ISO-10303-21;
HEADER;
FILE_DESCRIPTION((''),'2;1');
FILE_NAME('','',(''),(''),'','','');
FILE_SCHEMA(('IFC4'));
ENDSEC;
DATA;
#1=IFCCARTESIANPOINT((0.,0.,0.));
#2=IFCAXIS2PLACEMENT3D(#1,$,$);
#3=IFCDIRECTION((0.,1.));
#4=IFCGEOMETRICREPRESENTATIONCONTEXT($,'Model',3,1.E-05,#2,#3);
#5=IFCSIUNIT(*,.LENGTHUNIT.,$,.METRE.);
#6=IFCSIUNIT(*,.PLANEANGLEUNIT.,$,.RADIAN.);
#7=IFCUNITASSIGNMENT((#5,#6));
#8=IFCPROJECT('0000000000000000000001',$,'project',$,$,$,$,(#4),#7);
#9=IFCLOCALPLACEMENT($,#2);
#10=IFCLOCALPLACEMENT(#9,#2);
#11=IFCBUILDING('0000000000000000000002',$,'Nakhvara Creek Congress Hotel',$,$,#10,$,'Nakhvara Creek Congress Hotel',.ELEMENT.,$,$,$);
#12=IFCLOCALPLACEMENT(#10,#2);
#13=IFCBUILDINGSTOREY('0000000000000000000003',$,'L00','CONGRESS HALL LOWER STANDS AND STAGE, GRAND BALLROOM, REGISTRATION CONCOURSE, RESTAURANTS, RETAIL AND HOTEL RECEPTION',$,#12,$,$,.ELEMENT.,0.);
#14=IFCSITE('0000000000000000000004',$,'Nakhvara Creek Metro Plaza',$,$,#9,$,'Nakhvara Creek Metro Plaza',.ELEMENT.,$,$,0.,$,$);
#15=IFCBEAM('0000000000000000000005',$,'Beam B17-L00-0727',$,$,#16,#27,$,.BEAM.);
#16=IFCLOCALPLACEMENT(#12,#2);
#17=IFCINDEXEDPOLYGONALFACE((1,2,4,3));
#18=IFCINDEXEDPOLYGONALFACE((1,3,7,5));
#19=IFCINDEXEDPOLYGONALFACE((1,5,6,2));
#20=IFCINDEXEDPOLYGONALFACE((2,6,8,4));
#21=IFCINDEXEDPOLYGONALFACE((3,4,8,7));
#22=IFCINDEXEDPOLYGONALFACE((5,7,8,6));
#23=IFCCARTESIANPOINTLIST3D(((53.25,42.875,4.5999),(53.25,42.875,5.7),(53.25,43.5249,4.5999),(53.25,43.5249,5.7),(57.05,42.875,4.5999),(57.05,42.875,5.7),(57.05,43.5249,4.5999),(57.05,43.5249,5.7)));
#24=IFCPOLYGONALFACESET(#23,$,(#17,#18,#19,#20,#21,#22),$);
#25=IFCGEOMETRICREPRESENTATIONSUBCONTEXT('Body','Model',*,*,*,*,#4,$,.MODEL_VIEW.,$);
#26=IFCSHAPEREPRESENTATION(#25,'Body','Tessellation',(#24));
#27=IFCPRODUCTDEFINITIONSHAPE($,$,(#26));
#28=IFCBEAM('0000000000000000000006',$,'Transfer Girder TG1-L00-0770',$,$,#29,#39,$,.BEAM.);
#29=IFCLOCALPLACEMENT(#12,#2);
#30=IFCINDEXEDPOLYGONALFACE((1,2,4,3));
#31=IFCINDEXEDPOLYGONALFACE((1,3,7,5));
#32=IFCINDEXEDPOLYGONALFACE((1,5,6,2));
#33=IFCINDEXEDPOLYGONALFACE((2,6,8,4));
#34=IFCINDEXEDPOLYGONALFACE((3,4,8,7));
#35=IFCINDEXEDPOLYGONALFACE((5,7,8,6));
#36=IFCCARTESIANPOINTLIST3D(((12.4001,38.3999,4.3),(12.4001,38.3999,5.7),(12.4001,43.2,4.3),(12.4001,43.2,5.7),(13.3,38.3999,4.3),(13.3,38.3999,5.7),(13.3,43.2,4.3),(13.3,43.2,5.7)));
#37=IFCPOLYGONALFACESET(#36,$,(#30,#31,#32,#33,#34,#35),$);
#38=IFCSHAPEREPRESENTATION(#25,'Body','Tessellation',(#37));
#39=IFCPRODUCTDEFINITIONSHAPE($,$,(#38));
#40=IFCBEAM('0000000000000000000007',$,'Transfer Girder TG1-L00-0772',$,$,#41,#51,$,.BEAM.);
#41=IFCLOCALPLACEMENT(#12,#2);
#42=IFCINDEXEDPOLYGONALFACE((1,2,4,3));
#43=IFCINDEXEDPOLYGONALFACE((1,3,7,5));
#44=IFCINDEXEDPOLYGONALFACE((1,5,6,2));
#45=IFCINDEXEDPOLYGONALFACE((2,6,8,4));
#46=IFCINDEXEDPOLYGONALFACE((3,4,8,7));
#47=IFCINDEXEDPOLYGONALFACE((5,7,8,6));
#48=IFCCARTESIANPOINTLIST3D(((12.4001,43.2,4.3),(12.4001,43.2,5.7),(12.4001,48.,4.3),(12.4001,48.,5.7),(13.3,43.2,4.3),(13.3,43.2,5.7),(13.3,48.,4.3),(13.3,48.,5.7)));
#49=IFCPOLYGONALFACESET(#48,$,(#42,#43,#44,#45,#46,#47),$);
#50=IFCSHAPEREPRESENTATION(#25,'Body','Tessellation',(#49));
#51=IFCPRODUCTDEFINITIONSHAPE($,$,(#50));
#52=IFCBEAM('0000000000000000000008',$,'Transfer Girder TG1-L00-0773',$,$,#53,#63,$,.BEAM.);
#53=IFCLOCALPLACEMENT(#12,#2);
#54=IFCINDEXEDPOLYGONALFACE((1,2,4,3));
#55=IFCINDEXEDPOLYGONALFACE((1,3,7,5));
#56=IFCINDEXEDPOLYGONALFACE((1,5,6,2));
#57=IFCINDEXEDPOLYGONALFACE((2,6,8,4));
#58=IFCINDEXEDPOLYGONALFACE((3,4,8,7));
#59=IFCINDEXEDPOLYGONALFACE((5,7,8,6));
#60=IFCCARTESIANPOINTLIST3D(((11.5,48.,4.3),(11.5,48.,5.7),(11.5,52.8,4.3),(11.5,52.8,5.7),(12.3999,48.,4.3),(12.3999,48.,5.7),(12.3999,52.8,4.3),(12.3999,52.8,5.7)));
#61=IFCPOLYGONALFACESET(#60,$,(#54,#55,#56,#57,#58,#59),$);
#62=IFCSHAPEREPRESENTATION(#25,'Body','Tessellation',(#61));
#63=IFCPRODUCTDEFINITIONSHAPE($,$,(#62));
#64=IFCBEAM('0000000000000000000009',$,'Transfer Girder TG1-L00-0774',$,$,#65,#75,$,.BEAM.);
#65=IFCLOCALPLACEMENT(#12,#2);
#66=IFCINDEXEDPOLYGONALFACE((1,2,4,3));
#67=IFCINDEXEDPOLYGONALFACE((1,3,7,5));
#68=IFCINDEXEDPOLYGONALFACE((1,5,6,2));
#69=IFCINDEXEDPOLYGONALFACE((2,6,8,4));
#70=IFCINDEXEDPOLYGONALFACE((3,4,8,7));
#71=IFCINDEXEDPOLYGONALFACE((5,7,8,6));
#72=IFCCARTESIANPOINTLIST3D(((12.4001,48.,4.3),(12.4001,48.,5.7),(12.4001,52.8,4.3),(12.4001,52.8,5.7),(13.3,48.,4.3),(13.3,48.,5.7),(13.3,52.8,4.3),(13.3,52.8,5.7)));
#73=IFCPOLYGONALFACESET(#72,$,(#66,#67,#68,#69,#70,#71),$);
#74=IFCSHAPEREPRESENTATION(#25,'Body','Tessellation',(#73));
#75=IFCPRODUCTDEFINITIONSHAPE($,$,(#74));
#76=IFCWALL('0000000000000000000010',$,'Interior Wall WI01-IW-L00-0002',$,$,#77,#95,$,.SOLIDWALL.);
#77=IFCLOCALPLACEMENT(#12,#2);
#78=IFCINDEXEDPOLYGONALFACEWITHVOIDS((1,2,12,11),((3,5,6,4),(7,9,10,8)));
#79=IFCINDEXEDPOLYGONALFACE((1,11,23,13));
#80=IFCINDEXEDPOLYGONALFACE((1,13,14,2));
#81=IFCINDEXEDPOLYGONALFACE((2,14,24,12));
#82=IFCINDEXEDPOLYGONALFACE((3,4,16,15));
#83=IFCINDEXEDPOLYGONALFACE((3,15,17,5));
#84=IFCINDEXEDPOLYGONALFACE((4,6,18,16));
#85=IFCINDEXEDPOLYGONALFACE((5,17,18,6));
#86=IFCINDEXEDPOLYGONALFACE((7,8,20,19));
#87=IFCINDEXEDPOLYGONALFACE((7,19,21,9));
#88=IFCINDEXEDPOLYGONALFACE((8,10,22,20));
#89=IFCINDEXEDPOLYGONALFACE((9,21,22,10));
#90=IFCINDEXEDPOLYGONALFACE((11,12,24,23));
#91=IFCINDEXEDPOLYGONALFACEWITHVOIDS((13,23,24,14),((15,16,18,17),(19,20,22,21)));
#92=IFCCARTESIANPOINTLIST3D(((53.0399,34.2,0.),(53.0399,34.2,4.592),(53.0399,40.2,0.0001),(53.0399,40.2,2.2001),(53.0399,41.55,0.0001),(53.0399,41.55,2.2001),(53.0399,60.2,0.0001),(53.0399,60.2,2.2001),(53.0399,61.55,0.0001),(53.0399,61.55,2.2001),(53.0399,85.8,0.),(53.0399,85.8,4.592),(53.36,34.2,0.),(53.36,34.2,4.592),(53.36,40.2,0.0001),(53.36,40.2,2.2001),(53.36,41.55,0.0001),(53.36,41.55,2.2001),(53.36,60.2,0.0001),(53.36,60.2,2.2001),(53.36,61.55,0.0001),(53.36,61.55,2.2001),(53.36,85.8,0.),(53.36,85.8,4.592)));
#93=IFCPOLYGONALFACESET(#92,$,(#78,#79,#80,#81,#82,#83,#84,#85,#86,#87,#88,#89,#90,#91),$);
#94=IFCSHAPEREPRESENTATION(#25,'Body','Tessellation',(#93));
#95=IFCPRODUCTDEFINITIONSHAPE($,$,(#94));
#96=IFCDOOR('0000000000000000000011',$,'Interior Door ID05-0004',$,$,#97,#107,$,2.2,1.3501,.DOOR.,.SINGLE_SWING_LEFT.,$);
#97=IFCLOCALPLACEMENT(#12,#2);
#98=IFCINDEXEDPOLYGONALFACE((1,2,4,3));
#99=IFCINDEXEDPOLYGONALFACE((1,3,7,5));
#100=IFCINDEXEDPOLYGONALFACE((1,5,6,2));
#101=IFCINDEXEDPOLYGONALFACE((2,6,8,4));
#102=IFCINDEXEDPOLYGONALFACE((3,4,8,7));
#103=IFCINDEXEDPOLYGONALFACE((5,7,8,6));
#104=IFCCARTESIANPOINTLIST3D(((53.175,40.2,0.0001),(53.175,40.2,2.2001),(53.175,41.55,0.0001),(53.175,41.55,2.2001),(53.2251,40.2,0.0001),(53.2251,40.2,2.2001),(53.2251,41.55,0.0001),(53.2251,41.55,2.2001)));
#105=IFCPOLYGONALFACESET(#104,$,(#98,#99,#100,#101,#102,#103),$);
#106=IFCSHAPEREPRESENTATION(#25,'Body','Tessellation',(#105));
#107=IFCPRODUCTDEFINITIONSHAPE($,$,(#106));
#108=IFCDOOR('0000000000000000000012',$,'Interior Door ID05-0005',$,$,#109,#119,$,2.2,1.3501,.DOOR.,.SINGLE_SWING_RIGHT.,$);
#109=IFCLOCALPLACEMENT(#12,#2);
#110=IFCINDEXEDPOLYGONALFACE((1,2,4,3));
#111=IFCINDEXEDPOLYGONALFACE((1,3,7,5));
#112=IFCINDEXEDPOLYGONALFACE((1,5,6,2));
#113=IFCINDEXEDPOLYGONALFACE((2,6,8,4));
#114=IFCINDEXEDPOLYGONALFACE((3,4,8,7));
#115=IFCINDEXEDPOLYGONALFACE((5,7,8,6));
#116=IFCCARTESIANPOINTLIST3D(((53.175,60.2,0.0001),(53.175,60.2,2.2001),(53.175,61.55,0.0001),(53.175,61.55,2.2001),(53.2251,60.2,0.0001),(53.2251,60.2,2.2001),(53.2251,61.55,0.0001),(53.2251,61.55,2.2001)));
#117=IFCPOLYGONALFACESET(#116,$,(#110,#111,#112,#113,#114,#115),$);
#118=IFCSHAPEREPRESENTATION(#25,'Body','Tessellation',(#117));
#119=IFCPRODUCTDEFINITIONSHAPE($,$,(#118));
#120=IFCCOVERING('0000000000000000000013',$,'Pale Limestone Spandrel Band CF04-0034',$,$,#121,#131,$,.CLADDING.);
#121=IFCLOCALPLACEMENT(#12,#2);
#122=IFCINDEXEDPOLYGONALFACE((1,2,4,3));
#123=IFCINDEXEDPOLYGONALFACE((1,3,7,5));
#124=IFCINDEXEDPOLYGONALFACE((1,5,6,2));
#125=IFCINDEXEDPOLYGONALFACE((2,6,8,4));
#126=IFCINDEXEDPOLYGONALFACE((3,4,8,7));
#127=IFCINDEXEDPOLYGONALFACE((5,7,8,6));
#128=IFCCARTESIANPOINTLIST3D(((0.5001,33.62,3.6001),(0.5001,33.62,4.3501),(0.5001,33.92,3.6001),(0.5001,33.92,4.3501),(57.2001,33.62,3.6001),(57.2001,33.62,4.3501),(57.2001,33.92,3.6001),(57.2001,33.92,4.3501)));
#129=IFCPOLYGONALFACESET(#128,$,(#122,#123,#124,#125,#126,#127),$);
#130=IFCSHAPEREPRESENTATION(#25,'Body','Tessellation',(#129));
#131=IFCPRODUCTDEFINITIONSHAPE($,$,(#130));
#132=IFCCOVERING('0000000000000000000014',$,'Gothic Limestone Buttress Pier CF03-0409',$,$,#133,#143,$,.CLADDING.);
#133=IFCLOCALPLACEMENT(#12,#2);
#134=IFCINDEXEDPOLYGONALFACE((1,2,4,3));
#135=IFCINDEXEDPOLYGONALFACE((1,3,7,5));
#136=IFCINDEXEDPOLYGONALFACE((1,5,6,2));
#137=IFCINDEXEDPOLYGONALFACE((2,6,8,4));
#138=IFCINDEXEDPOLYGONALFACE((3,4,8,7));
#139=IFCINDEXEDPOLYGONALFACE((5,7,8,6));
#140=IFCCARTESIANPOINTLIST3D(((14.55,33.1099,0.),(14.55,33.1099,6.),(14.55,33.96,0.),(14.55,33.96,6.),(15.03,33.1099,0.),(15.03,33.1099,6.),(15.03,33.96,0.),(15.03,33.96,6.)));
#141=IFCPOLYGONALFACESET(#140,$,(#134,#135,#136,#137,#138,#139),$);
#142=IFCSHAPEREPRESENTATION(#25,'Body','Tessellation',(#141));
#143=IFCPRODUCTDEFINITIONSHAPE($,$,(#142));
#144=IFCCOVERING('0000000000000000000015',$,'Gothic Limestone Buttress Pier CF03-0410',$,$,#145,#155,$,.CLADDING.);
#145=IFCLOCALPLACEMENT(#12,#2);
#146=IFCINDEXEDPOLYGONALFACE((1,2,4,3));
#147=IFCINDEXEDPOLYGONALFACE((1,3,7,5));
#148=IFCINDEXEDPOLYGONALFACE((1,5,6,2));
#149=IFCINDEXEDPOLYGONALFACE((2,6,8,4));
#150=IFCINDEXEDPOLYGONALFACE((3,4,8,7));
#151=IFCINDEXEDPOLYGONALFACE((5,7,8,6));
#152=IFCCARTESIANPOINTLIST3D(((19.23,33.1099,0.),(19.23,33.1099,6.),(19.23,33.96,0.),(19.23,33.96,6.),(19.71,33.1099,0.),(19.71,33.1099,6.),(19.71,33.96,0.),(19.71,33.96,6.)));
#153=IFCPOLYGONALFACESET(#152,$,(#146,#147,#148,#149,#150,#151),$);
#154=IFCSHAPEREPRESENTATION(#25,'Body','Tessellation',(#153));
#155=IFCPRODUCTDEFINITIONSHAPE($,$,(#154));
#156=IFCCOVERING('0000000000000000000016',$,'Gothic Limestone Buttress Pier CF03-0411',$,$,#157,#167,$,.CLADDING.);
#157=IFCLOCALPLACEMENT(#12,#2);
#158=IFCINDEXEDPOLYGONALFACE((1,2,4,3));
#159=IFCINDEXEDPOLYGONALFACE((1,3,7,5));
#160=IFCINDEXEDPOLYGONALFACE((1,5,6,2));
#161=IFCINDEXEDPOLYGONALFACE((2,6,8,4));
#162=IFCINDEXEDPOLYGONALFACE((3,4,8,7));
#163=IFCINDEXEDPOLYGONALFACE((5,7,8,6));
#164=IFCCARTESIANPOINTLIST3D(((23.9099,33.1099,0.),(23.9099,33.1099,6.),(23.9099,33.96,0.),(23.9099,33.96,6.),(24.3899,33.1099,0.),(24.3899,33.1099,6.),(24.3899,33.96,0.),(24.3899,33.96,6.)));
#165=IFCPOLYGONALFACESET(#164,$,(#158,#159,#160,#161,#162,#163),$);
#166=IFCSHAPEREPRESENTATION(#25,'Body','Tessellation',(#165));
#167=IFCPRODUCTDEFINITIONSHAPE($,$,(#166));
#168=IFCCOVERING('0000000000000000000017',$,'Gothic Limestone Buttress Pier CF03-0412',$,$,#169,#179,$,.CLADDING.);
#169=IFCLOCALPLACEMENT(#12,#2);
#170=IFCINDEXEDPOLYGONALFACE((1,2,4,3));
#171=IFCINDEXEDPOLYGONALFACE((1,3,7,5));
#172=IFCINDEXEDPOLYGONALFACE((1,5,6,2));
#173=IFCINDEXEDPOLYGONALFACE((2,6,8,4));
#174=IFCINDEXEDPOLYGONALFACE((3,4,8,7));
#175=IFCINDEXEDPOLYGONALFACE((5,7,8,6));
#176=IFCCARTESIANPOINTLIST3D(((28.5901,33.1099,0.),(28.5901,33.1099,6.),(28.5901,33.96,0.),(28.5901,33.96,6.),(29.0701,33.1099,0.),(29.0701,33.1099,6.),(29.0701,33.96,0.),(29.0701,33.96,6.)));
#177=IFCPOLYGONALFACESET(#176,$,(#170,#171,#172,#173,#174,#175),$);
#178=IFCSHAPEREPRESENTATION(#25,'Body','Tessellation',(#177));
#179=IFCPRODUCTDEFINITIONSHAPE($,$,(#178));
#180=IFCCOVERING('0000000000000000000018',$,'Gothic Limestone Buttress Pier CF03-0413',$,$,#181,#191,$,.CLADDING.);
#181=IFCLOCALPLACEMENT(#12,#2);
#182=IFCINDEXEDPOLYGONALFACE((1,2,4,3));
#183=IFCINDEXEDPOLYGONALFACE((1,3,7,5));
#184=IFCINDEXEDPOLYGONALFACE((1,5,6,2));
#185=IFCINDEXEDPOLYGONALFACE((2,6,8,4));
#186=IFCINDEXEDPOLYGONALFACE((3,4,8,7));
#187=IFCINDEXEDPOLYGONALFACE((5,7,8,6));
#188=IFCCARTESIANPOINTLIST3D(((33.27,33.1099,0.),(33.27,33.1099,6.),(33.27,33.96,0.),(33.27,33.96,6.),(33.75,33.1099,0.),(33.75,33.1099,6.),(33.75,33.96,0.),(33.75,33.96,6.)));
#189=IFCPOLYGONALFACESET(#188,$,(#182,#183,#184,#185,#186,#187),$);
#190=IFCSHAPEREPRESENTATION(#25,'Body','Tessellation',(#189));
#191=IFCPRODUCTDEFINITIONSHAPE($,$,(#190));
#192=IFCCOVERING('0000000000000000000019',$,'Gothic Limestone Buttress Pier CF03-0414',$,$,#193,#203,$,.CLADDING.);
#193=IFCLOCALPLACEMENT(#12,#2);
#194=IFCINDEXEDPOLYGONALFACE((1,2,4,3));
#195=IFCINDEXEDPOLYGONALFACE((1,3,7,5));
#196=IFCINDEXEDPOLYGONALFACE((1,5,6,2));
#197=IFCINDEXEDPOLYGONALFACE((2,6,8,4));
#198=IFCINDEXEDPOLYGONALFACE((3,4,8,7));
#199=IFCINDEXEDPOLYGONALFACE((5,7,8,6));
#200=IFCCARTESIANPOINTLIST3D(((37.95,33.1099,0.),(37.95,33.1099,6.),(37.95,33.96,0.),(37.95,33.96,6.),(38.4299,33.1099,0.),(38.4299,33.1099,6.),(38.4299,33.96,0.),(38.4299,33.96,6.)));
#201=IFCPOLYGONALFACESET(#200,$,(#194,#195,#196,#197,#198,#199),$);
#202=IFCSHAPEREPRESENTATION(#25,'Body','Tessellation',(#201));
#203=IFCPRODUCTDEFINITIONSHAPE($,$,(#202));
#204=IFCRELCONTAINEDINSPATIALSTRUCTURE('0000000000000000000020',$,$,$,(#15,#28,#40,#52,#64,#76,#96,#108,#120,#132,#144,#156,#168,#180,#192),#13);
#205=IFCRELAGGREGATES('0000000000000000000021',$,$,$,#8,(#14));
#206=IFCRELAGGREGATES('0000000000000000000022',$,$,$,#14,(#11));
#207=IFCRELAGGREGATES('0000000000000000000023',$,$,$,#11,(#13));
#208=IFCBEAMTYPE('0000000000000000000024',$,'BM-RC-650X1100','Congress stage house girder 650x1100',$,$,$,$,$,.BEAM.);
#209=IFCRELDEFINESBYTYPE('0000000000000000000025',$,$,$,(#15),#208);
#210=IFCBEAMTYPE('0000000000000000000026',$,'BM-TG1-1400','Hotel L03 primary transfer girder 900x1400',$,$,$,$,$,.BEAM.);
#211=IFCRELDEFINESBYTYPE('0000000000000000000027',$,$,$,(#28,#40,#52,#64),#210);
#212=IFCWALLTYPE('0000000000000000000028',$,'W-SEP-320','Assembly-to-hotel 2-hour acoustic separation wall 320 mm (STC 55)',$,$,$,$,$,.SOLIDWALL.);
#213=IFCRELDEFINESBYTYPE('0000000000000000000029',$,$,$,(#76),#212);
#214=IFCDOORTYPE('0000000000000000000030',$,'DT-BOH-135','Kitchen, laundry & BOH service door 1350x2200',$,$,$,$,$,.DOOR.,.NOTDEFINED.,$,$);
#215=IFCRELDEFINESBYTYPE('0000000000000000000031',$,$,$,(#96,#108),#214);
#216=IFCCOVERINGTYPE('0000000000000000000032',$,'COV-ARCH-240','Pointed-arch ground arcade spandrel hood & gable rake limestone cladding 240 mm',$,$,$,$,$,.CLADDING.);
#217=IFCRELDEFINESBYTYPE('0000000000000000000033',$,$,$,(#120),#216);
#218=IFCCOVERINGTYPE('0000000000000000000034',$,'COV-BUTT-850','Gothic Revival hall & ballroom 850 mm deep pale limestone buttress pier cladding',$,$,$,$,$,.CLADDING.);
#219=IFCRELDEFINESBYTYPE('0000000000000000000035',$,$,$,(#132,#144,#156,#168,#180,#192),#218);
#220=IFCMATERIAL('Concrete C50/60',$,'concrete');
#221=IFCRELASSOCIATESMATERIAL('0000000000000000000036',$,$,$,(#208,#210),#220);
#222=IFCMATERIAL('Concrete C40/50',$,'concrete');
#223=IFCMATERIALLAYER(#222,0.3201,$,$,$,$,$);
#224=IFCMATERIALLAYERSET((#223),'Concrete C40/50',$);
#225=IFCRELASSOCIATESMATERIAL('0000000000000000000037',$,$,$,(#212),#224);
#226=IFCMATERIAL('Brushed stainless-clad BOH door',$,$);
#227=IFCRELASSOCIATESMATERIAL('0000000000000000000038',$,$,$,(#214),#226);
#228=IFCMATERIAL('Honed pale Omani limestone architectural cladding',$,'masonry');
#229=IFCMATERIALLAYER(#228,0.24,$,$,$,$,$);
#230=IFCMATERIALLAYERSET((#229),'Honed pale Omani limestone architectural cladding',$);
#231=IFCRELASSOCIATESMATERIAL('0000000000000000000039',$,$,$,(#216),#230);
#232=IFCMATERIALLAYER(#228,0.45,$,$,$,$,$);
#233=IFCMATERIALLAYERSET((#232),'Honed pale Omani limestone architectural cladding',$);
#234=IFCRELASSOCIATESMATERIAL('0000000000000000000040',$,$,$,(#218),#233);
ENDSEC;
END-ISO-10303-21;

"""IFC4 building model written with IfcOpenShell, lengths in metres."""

from ifc_helpers import new_model, si_unit, direction, frame, frame_2d, origin, origin_2d, place, context, subcontext, project, spatial, rectangle, extrude, material, layer, layer_set, material_profile, profile_set, type_object, element, fill, save


model = new_model("IFC4")

# Units and contexts
model_context = context("Model", 3, precision=1e-05, world=origin(), true_north=direction((0.0, 1.0)))
body_context = subcontext(model_context, "Body", "Model", "MODEL_VIEW")
ifc_project = project(units=[si_unit("LENGTHUNIT", "METRE"), si_unit("PLANEANGLEUNIT", "RADIAN")], contexts=[model_context])

# Site, building, storey
site_placement = place(None, origin())
site = spatial("IfcSite", under=ifc_project, at=site_placement, Name="Nakhvara Creek Metro Plaza", LongName="Nakhvara Creek Metro Plaza", CompositionType="ELEMENT", RefElevation=0.0)
building_placement = place(site_placement, origin())
building = spatial("IfcBuilding", under=site, at=building_placement, Name="Nakhvara Creek Congress Hotel", LongName="Nakhvara Creek Congress Hotel", CompositionType="ELEMENT")
storey_placement = place(building_placement, origin())
storey = spatial("IfcBuildingStorey", under=building, at=storey_placement, Name="L00", Description="CONGRESS HALL LOWER STANDS AND STAGE, GRAND BALLROOM, REGISTRATION CONCOURSE, RESTAURANTS, RETAIL AND HOTEL RECEPTION", CompositionType="ELEMENT", Elevation=0.0)

# Shared definitions
ifc_material_1 = material(Name="Concrete C50/60", Category="concrete")

# Beams
ifc_material_profile_1 = material_profile(ifc_material_1, rectangle(XDim=0.6499, YDim=1.1001, at=origin_2d()), Name="RC-BM 650x1100", Category="LoadBearing")
ifc_profile_set_1 = profile_set([ifc_material_profile_1], Name="Concrete C50/60")
beam_type_1 = type_object("IfcBeamType", Name="BM-RC-650X1100", Description="Congress stage house girder 650x1100", PredefinedType="BEAM", material=ifc_profile_set_1)
for number, where, z_axis, x_axis, name in (
    (1, (53.25, 43.2, 5.1499), (1.0, 0.0, 0.0), (0.0, 1.0, 0.0), "Beam B17-L00-0727"),
):
    element("IfcBeam", number, at=place(storey_placement, frame(where, z_axis=z_axis, x_axis=x_axis)), inside=storey, type_object=beam_type_1, Name=name, PredefinedType="BEAM", context=body_context, shape_type="SweptSolid", body=[
        extrude(rectangle(XDim=0.6499, YDim=1.1001, at=origin_2d()), origin(), (0.0, 0.0, 1.0), 3.8),
    ])
ifc_material_profile_2 = material_profile(ifc_material_1, rectangle(XDim=0.8999, YDim=1.3999, at=origin_2d()), Name="RC-TG 900x1400", Category="LoadBearing")
ifc_profile_set_2 = profile_set([ifc_material_profile_2], Name="Concrete C50/60")
beam_type_2 = type_object("IfcBeamType", Name="BM-TG1-1400", Description="Hotel L03 primary transfer girder 900x1400", PredefinedType="BEAM", material=ifc_profile_set_2)
for number, where, z_axis, x_axis, name in (
    (2, (12.8501, 38.3999, 5.0), (0.0, 1.0, 0.0), (-1.0, 0.0, 0.0), "Transfer Girder TG1-L00-0770"),
    (3, (12.8501, 43.2, 5.0), (0.0, 1.0, 0.0), (-1.0, 0.0, 0.0), "Transfer Girder TG1-L00-0772"),
    (4, (11.95, 48.0, 5.0), (0.0, 1.0, 0.0), (-1.0, 0.0, 0.0), "Transfer Girder TG1-L00-0773"),
    (5, (12.8501, 48.0, 5.0), (0.0, 1.0, 0.0), (-1.0, 0.0, 0.0), "Transfer Girder TG1-L00-0774"),
):
    element("IfcBeam", number, at=place(storey_placement, frame(where, z_axis=z_axis, x_axis=x_axis)), inside=storey, type_object=beam_type_2, Name=name, PredefinedType="BEAM", context=body_context, shape_type="SweptSolid", body=[
        extrude(rectangle(XDim=0.8999, YDim=1.3999, at=origin_2d()), origin(), (0.0, 0.0, 1.0), 4.8),
    ])

# Wall, openings, doors
ifc_material_2 = material(Name="Concrete C40/50", Category="concrete")
ifc_layer_1 = layer(ifc_material_2, 0.3201)
ifc_layer_set_1 = layer_set([ifc_layer_1], Name="Concrete C40/50")
wall_type = type_object("IfcWallType", Name="W-SEP-320", Description="Assembly-to-hotel 2-hour acoustic separation wall 320 mm (STC 55)", PredefinedType="SOLIDWALL", material=ifc_layer_set_1)
wall_placement = place(storey_placement, frame((53.2, 34.2, 0.0), z_axis=(0.0, 0.0, 1.0), x_axis=(0.0, 1.0, 0.0)))
wall = element("IfcWall", 6, at=wall_placement, inside=storey, type_object=wall_type, Name="Interior Wall WI01-IW-L00-0002", PredefinedType="SOLIDWALL", context=body_context, shape_type="SweptSolid", body=[
    extrude(rectangle(XDim=51.6001, YDim=0.3201, at=frame_2d((25.8, 0.0))), origin(), (0.0, 0.0, 1.0), 4.592),
])
opening_1_placement = place(wall_placement, frame((6.0, 0.0, 0.0)))
opening_1 = element("IfcOpeningElement", 7, at=opening_1_placement, cuts=wall, PredefinedType="OPENING", context=body_context, shape_type="SweptSolid", body=[
    extrude(rectangle(XDim=1.3501, YDim=2.2, at=frame_2d((0.675, 1.1001))), frame((0.0, 0.1719, 0.0), z_axis=(0.0, -1.0, 0.0), x_axis=(1.0, 0.0, 0.0)), (0.0, 0.0, 1.0), 0.344),
])
opening_2_placement = place(wall_placement, frame((26.0, 0.0, 0.0)))
opening_2 = element("IfcOpeningElement", 8, at=opening_2_placement, cuts=wall, PredefinedType="OPENING", context=body_context, shape_type="SweptSolid", body=[
    extrude(rectangle(XDim=1.3501, YDim=2.2, at=frame_2d((0.675, 1.1001))), frame((0.0, 0.1719, 0.0), z_axis=(0.0, -1.0, 0.0), x_axis=(1.0, 0.0, 0.0)), (0.0, 0.0, 1.0), 0.344),
])
ifc_material_3 = material(Name="Brushed stainless-clad BOH door")
door_type = type_object("IfcDoorType", Name="DT-BOH-135", Description="Kitchen, laundry & BOH service door 1350x2200", OperationType="NOTDEFINED", PredefinedType="DOOR", material=ifc_material_3)
door_1_placement = place(opening_1_placement, origin())
door_1 = element("IfcDoor", 9, at=door_1_placement, inside=storey, type_object=door_type, Name="Interior Door ID05-0004", OperationType="SINGLE_SWING_LEFT", OverallHeight=2.2, OverallWidth=1.3501, PredefinedType="DOOR", context=body_context, shape_type="SweptSolid", body=[
    extrude(rectangle(XDim=1.3501, YDim=2.2, at=frame_2d((0.675, 1.1001))), frame((0.0, 0.0249, 0.0), z_axis=(0.0, -1.0, 0.0), x_axis=(1.0, 0.0, 0.0)), (0.0, 0.0, 1.0), 0.05),
])
fill(opening_1, door_1)
door_2_placement = place(opening_2_placement, origin())
door_2 = element("IfcDoor", 10, at=door_2_placement, inside=storey, type_object=door_type, Name="Interior Door ID05-0005", OperationType="SINGLE_SWING_RIGHT", OverallHeight=2.2, OverallWidth=1.3501, PredefinedType="DOOR", context=body_context, shape_type="SweptSolid", body=[
    extrude(rectangle(XDim=1.3501, YDim=2.2, at=frame_2d((0.675, 1.1001))), frame((0.0, 0.0249, 0.0), z_axis=(0.0, -1.0, 0.0), x_axis=(1.0, 0.0, 0.0)), (0.0, 0.0, 1.0), 0.05),
])
fill(opening_2, door_2)

# Coverings
ifc_material_4 = material(Name="Honed pale Omani limestone architectural cladding", Category="masonry")
ifc_layer_2 = layer(ifc_material_4, 0.24)
ifc_layer_set_2 = layer_set([ifc_layer_2], Name="Honed pale Omani limestone architectural cladding")
covering_type_1 = type_object("IfcCoveringType", Name="COV-ARCH-240", Description="Pointed-arch ground arcade spandrel hood & gable rake limestone cladding 240 mm", PredefinedType="CLADDING", material=ifc_layer_set_2)
covering_placement = place(storey_placement, frame((28.8501, 33.77, 3.6001), z_axis=(0.0, 0.0, 1.0), x_axis=(1.0, 0.0, 0.0)))
element("IfcCovering", 11, at=covering_placement, inside=storey, type_object=covering_type_1, Name="Pale Limestone Spandrel Band CF04-0034", PredefinedType="CLADDING", context=body_context, shape_type="SweptSolid", body=[
    extrude(rectangle(XDim=56.7, YDim=0.3, at=origin_2d()), origin(), (0.0, 0.0, 1.0), 0.75),
])
ifc_layer_3 = layer(ifc_material_4, 0.45)
ifc_layer_set_3 = layer_set([ifc_layer_3], Name="Honed pale Omani limestone architectural cladding")
covering_type_2 = type_object("IfcCoveringType", Name="COV-BUTT-850", Description="Gothic Revival hall & ballroom 850 mm deep pale limestone buttress pier cladding", PredefinedType="CLADDING", material=ifc_layer_set_3)
for number, where, z_axis, x_axis, name in (
    (12, (14.79, 33.5349, 0.0), (0.0, 0.0, 1.0), (1.0, 0.0, 0.0), "Gothic Limestone Buttress Pier CF03-0409"),
    (13, (19.47, 33.5349, 0.0), (0.0, 0.0, 1.0), (1.0, 0.0, 0.0), "Gothic Limestone Buttress Pier CF03-0410"),
    (14, (24.1499, 33.5349, 0.0), (0.0, 0.0, 1.0), (1.0, 0.0, 0.0), "Gothic Limestone Buttress Pier CF03-0411"),
    (15, (28.8301, 33.5349, 0.0), (0.0, 0.0, 1.0), (1.0, 0.0, 0.0), "Gothic Limestone Buttress Pier CF03-0412"),
    (16, (33.51, 33.5349, 0.0), (0.0, 0.0, 1.0), (1.0, 0.0, 0.0), "Gothic Limestone Buttress Pier CF03-0413"),
    (17, (38.1899, 33.5349, 0.0), (0.0, 0.0, 1.0), (1.0, 0.0, 0.0), "Gothic Limestone Buttress Pier CF03-0414"),
):
    element("IfcCovering", number, at=place(storey_placement, frame(where, z_axis=z_axis, x_axis=x_axis)), inside=storey, type_object=covering_type_2, Name=name, PredefinedType="CLADDING", context=body_context, shape_type="SweptSolid", body=[
        extrude(rectangle(XDim=0.48, YDim=0.8501, at=origin_2d()), origin(), (0.0, 0.0, 1.0), 6.0),
    ])

save(model, "model.ifc")
